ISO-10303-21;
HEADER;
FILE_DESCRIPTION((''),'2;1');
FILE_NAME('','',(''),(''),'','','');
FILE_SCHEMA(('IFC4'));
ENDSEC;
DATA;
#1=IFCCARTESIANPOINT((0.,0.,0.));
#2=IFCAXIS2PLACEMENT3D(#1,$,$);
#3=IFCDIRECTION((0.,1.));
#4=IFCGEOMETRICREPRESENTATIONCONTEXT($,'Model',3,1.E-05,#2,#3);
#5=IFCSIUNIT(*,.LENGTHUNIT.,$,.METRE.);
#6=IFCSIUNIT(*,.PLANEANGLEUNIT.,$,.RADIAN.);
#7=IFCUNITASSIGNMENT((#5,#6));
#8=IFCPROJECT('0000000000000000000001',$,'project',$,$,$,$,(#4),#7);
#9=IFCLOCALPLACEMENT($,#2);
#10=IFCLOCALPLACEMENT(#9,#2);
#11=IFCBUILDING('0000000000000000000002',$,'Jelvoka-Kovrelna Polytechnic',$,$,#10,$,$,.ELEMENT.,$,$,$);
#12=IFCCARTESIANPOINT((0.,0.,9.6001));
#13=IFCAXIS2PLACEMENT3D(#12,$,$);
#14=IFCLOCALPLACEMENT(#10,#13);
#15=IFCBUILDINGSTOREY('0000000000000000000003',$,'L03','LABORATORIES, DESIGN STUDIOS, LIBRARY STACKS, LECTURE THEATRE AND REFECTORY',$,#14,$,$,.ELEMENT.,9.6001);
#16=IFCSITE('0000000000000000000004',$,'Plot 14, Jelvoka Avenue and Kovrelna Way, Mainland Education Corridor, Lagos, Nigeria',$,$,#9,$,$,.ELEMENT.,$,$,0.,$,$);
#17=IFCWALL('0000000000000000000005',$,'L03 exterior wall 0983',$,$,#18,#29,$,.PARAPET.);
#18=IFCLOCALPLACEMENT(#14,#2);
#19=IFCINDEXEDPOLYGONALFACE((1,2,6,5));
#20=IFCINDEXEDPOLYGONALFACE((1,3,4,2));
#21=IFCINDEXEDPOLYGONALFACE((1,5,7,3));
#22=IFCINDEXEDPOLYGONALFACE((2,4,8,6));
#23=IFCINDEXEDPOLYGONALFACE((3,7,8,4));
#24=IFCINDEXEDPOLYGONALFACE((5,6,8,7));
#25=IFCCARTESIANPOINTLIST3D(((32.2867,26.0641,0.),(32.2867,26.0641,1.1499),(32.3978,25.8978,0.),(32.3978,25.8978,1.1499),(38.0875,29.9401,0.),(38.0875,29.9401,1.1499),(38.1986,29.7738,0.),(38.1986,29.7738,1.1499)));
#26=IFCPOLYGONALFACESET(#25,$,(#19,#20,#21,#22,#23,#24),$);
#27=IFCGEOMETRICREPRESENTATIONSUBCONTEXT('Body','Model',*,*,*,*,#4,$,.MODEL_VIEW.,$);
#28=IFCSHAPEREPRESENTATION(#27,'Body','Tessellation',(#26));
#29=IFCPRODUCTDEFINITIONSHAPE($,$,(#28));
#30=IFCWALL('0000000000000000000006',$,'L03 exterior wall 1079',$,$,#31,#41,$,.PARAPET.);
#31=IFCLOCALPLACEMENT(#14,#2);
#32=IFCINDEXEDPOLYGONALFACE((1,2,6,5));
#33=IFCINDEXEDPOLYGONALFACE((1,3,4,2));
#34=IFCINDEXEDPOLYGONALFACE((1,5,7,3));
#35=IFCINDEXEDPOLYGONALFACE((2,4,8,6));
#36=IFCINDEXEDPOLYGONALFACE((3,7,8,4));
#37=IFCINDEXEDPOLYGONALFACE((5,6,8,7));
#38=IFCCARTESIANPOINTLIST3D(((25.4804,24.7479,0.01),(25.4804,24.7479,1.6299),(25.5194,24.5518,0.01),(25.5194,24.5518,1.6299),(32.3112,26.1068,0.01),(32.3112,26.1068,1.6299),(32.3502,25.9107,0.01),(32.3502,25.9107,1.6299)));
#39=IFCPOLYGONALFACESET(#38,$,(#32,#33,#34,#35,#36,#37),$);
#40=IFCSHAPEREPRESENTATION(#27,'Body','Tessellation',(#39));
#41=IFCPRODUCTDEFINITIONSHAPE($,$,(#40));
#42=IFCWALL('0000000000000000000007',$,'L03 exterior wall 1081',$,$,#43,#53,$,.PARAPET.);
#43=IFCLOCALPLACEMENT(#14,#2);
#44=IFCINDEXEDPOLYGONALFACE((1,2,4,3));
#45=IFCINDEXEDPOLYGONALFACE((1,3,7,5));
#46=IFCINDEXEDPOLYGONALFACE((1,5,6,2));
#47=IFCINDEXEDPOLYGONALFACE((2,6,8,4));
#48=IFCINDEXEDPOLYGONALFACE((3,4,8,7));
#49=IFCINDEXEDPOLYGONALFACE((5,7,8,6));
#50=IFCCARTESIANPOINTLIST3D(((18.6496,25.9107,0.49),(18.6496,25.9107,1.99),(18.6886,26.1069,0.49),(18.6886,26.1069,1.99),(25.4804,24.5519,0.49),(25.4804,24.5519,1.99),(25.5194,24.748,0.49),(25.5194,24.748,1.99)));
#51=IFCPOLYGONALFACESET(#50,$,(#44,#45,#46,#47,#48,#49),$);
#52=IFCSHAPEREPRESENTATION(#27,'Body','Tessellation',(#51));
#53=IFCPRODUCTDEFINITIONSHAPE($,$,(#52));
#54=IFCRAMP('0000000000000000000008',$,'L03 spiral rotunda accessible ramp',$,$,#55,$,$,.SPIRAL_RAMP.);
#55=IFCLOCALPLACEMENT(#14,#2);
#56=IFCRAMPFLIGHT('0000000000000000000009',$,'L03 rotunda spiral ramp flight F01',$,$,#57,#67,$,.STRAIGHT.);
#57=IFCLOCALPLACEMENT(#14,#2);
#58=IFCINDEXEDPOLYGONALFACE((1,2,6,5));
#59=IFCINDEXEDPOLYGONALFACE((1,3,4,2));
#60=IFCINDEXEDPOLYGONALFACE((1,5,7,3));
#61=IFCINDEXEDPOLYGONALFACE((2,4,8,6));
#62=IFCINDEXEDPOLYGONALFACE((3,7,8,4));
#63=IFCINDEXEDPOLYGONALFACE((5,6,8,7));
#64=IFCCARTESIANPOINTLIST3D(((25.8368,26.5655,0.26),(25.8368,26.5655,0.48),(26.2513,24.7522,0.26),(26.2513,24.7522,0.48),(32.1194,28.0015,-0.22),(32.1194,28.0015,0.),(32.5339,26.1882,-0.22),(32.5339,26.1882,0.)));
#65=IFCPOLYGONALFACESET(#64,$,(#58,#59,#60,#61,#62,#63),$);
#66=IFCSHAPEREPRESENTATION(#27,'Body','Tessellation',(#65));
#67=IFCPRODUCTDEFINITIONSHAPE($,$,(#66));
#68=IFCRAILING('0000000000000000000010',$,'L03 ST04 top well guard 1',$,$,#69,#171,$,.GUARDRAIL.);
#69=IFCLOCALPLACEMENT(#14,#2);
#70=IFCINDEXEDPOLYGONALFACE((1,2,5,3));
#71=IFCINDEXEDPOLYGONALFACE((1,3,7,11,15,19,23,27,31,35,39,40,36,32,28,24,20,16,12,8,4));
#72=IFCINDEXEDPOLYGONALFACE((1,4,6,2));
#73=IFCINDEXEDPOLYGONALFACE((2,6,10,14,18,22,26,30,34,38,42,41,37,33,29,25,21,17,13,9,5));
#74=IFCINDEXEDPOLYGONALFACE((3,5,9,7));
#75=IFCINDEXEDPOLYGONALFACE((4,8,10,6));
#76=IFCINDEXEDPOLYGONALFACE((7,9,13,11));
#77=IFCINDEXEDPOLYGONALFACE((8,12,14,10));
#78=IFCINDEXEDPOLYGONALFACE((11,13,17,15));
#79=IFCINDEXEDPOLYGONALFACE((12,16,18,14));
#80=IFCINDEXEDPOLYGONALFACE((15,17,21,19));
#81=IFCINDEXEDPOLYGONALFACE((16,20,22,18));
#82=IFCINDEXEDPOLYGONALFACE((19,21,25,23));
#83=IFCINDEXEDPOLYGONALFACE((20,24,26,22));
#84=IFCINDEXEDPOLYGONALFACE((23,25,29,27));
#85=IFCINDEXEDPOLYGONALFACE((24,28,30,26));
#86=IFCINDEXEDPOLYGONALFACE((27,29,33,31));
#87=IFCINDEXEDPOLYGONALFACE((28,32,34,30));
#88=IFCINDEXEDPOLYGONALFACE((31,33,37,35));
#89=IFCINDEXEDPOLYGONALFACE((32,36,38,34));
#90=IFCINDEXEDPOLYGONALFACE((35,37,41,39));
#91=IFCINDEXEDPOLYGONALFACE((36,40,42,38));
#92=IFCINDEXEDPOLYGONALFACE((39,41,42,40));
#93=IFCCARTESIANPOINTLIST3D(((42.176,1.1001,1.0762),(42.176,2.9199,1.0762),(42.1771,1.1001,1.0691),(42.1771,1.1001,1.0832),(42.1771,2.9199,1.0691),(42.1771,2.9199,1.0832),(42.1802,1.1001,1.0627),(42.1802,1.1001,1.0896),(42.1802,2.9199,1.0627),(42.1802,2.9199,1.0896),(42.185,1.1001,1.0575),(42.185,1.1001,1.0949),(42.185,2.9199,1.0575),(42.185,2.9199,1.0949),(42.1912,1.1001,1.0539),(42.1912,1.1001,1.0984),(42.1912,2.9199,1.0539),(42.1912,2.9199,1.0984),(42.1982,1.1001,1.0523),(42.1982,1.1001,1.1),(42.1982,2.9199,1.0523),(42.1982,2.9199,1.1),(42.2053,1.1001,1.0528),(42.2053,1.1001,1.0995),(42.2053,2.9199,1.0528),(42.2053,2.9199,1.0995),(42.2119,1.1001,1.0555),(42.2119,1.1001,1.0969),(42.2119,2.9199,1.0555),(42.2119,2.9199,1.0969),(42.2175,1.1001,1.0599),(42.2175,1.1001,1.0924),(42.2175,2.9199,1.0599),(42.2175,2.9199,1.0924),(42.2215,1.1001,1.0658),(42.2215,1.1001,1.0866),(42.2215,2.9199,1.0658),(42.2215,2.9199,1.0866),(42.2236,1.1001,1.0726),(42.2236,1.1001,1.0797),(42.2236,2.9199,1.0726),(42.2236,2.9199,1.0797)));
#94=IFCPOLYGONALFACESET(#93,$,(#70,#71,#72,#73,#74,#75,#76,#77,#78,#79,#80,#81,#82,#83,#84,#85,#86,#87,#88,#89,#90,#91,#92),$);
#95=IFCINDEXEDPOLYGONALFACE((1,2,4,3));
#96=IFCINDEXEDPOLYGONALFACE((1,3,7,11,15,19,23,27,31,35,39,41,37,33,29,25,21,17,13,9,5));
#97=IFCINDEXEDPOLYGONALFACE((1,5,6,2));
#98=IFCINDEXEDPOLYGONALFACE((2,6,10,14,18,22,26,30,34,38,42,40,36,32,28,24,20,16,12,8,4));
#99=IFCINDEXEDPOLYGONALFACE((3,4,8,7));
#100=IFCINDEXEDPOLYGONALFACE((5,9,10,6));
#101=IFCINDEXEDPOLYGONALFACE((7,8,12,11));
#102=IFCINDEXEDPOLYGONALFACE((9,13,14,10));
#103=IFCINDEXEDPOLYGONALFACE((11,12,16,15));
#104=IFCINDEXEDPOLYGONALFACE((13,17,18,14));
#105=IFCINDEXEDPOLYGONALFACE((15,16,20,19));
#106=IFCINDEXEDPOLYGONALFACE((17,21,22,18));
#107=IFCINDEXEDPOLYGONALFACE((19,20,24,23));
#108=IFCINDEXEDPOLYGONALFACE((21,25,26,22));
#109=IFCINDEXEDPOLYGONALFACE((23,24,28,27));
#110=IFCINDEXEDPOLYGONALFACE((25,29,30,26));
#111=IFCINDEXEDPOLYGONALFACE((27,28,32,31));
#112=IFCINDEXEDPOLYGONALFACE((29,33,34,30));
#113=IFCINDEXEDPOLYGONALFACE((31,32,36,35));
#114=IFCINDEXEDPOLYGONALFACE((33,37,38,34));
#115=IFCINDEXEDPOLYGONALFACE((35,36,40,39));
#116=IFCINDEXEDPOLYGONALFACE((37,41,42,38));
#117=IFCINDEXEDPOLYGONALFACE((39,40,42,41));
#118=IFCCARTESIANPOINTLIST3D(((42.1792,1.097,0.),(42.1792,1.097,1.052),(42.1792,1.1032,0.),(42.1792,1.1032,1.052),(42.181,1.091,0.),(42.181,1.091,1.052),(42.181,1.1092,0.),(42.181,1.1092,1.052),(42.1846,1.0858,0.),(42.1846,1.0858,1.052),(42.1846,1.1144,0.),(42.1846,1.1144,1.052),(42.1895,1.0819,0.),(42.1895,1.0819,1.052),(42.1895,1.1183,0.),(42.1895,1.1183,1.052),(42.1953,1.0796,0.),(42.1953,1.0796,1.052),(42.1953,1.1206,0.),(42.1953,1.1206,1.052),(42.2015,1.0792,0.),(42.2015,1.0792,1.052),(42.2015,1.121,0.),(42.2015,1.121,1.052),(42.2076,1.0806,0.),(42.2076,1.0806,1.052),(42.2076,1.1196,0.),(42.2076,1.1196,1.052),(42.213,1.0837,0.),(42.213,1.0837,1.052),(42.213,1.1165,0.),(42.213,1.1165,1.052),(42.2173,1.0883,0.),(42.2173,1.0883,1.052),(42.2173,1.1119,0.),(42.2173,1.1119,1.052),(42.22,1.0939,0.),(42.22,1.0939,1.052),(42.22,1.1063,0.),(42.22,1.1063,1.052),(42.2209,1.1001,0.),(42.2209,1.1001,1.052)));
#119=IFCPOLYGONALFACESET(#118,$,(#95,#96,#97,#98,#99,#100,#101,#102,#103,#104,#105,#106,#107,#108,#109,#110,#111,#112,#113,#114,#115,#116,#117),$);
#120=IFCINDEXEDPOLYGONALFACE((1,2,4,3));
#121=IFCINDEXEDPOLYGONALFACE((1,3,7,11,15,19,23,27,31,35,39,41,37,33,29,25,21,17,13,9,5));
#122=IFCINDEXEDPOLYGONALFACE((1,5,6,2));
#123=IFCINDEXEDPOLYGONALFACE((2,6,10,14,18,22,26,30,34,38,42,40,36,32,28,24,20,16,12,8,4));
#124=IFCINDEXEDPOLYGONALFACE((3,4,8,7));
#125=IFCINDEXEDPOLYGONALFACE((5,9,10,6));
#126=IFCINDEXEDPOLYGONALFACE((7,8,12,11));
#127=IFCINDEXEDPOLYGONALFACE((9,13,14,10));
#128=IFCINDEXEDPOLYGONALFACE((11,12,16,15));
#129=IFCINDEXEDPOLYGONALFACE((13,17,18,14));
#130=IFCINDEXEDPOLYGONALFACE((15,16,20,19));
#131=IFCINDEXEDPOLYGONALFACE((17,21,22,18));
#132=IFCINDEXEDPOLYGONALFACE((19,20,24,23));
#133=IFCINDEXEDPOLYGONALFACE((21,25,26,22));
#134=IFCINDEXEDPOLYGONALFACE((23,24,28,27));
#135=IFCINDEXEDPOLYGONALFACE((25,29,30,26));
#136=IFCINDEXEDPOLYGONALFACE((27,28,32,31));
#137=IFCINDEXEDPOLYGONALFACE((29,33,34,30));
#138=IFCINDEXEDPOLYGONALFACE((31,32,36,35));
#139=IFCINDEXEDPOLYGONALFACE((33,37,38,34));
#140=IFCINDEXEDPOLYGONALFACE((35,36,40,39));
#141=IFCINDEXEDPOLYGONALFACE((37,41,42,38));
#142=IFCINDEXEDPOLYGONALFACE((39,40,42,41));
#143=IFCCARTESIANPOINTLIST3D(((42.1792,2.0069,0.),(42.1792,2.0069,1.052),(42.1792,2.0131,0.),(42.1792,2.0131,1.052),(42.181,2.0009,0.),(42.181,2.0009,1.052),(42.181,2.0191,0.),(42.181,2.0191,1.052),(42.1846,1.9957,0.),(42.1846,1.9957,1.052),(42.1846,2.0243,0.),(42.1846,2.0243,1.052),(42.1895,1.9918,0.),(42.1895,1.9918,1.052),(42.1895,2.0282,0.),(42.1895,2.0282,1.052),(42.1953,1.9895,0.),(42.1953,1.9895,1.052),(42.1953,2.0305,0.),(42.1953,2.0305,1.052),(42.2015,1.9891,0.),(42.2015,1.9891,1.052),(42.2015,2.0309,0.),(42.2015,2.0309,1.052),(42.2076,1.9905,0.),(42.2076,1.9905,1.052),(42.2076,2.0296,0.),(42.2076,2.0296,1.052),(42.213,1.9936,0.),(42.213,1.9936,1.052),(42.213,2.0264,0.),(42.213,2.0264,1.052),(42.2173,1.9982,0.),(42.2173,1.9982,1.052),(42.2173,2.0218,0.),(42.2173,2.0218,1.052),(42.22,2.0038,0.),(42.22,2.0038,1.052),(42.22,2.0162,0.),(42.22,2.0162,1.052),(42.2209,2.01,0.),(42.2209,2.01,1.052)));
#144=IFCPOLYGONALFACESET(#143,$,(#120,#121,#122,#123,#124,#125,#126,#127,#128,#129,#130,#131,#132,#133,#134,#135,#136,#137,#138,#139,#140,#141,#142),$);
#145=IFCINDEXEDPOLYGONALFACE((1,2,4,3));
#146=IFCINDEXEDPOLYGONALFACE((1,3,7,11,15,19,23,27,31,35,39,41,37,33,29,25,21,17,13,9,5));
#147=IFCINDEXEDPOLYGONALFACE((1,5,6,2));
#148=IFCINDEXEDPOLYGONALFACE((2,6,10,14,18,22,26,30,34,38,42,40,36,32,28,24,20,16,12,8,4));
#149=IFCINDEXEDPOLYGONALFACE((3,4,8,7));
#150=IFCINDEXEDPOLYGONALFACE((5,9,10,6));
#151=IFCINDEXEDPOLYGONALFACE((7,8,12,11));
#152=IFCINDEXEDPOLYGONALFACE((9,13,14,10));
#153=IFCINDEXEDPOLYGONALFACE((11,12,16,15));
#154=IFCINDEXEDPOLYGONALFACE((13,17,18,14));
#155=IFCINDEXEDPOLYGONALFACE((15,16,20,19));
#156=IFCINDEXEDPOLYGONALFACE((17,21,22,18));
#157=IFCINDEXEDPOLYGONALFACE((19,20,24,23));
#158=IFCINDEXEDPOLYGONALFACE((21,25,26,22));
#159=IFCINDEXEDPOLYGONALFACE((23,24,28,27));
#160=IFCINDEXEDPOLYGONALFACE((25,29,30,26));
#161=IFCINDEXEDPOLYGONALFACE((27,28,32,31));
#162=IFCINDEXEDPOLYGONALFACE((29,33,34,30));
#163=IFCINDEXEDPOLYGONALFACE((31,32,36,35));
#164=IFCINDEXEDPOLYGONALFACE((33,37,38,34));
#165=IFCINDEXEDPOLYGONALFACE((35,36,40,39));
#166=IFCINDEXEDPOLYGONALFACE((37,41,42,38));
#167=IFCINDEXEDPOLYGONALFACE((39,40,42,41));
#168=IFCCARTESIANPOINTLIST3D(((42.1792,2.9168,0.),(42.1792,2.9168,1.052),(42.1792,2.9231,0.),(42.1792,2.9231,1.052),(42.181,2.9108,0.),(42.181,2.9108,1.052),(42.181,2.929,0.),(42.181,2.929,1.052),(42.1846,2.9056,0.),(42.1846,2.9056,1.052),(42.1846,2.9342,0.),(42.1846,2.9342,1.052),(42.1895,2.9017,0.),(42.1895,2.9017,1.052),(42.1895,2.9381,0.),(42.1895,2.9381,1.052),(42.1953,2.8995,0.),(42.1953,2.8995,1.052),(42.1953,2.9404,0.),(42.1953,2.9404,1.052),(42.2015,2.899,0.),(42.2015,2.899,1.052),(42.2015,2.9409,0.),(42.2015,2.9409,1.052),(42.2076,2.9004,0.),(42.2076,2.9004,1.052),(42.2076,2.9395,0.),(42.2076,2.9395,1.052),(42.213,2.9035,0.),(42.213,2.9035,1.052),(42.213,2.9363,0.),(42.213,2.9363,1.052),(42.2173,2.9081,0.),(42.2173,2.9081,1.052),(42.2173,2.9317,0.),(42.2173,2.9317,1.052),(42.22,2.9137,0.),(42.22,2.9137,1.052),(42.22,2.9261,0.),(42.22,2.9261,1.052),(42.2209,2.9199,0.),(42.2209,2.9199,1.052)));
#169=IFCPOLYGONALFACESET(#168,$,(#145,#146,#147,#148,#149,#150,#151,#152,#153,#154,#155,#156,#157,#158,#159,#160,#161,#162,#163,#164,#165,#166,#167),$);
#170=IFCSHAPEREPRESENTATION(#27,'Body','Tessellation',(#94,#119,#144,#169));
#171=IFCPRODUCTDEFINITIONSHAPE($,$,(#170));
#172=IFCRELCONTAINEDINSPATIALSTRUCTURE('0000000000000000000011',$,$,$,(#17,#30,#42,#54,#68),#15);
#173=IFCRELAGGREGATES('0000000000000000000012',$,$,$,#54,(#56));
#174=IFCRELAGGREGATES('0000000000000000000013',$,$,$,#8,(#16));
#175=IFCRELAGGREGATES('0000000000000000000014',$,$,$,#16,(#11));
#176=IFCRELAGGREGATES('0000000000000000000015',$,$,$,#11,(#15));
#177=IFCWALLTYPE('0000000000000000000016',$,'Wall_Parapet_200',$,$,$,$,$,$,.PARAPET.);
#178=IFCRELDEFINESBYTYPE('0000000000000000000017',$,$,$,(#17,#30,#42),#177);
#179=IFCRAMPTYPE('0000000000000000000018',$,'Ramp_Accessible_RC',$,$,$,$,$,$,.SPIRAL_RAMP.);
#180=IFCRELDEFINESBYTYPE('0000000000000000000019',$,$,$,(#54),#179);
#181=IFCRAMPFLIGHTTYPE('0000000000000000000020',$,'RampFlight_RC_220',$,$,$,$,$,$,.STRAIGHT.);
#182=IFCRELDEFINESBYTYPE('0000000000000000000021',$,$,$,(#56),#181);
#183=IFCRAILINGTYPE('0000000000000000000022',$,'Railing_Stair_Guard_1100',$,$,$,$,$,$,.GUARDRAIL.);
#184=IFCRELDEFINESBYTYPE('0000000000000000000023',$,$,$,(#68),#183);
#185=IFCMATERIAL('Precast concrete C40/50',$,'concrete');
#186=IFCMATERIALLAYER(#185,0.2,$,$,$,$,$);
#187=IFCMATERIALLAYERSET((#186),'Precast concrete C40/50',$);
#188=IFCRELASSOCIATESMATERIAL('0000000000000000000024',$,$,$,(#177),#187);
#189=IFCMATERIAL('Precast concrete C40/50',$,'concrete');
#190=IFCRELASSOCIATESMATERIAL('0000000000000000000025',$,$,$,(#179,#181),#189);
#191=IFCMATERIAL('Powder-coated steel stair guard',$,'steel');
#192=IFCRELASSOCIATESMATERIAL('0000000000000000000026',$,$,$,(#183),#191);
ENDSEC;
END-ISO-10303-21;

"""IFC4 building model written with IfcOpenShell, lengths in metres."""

from ifc_helpers import new_model, si_unit, direction, frame, frame_2d, origin, origin_2d, place, context, subcontext, project, spatial, polyline, rectangle, circle, outline, extrude, material, layer, layer_set, type_object, element, aggregate, save


model = new_model("IFC4")

# Units and contexts
model_context = context("Model", 3, precision=1e-05, world=origin(), true_north=direction((0.0, 1.0)))
body_context = subcontext(model_context, "Body", "Model", "MODEL_VIEW")
ifc_project = project(units=[si_unit("LENGTHUNIT", "METRE"), si_unit("PLANEANGLEUNIT", "RADIAN")], contexts=[model_context])

# Site, building, storey
site_placement = place(None, origin())
site = spatial("IfcSite", under=ifc_project, at=site_placement, Name="Plot 14, Jelvoka Avenue and Kovrelna Way, Mainland Education Corridor, Lagos, Nigeria", CompositionType="ELEMENT", RefElevation=0.0)
building_placement = place(site_placement, origin())
building = spatial("IfcBuilding", under=site, at=building_placement, Name="Jelvoka-Kovrelna Polytechnic", CompositionType="ELEMENT")
storey_placement = place(building_placement, frame((0.0, 0.0, 9.6001)))
storey = spatial("IfcBuildingStorey", under=building, at=storey_placement, Name="L03", Description="LABORATORIES, DESIGN STUDIOS, LIBRARY STACKS, LECTURE THEATRE AND REFECTORY", CompositionType="ELEMENT", Elevation=9.6001)

# Walls
ifc_material_1 = material(Name="Precast concrete C40/50", Category="concrete")
ifc_layer_1 = layer(ifc_material_1, 0.2)
ifc_layer_set_1 = layer_set([ifc_layer_1], Name="Precast concrete C40/50")
wall_type_1 = type_object("IfcWallType", Name="Wall_Parapet_200", PredefinedType="PARAPET", material=ifc_layer_set_1)
wall_1_placement = place(storey_placement, frame((32.3423, 25.981, 0.0), z_axis=(0.0, 0.0, 1.0), x_axis=(0.831468, 0.555572, 0.0)))
element("IfcWall", 1, at=wall_1_placement, inside=storey, type_object=wall_type_1, Name="L03 exterior wall 0983", PredefinedType="PARAPET", context=body_context, shape_type="SweptSolid", body=[
    extrude(rectangle(XDim=6.9766, YDim=0.2, at=frame_2d((3.4883, 0.0))), origin(), (0.0, 0.0, 1.0), 1.1499),
])
wall_2_placement = place(storey_placement, frame((32.3308, 26.0088, 0.01), z_axis=(0.0, 0.0, 1.0), x_axis=(-0.980781, -0.195112, 0.0)))
element("IfcWall", 2, at=wall_2_placement, inside=storey, type_object=wall_type_1, Name="L03 exterior wall 1079", PredefinedType="PARAPET", context=body_context, shape_type="SweptSolid", body=[
    extrude(rectangle(XDim=6.9646, YDim=0.2, at=frame_2d((3.4824, 0.0))), origin(), (0.0, 0.0, 1.0), 1.6199),
])
wall_3_placement = place(storey_placement, frame((25.5, 24.6499, 0.49), z_axis=(0.0, 0.0, 1.0), x_axis=(-0.980781, 0.195112, 0.0)))
element("IfcWall", 3, at=wall_3_placement, inside=storey, type_object=wall_type_1, Name="L03 exterior wall 1081", PredefinedType="PARAPET", context=body_context, shape_type="SweptSolid", body=[
    extrude(rectangle(XDim=6.9646, YDim=0.2, at=frame_2d((3.4824, 0.0))), origin(), (0.0, 0.0, 1.0), 1.5),
])

# Ramp, ramp flight
ifc_material_2 = material(Name="Precast concrete C40/50", Category="concrete")
ramp_type = type_object("IfcRampType", Name="Ramp_Accessible_RC", PredefinedType="SPIRAL_RAMP", material=ifc_material_2)
ramp_placement = place(storey_placement, origin())
ramp = element("IfcRamp", 4, at=ramp_placement, inside=storey, type_object=ramp_type, Name="L03 spiral rotunda accessible ramp", PredefinedType="SPIRAL_RAMP")
ramp_flight_type = type_object("IfcRampFlightType", Name="RampFlight_RC_220", PredefinedType="STRAIGHT", material=ifc_material_2)
ramp_flight_placement = place(None, frame((32.3267, 27.0947, 9.6001), z_axis=(0.0, 0.0, 1.0), x_axis=(-0.974859, -0.222821, 0.0)))
ramp_flight = element("IfcRampFlight", 5, at=ramp_flight_placement, type_object=ramp_flight_type, Name="L03 rotunda spiral ramp flight F01", PredefinedType="STRAIGHT", context=body_context, shape_type="SweptSolid", body=[
    extrude(outline(polyline([(0.0, 0.0), (6.4446, 0.48), (6.4446, 0.26), (0.0, -0.22), (0.0, 0.0)])), frame((0.0, 0.9299, 0.0), z_axis=(0.0, -1.0, 0.0), x_axis=(1.0, 0.0, 0.0)), (0.0, 0.0, 1.0), 1.8601),
])
aggregate(ramp, [ramp_flight])

# Railing
ifc_material_3 = material(Name="Powder-coated steel stair guard", Category="steel")
railing_type = type_object("IfcRailingType", Name="Railing_Stair_Guard_1100", PredefinedType="GUARDRAIL", material=ifc_material_3)
railing_1_placement = place(storey_placement, frame((42.2, 1.1001, 0.0)))
element("IfcRailing", 6, at=railing_1_placement, inside=storey, type_object=railing_type, Name="L03 ST04 top well guard 1", PredefinedType="GUARDRAIL", context=body_context, shape_type="SweptSolid", body=[
    extrude(circle(Radius=0.0239, at=origin_2d()), frame((0.0, 0.0, 1.0762), z_axis=(0.0, 1.0, 0.0), x_axis=(-1.0, 0.0, 0.0)), (0.0, 0.0, 1.0), 1.8198),
    extrude(circle(Radius=0.021, at=origin_2d()), origin(), (0.0, 0.0, 1.0), 1.052),
    extrude(circle(Radius=0.021, at=origin_2d()), frame((0.0, 0.9099, 0.0)), (0.0, 0.0, 1.0), 1.052),
    extrude(circle(Radius=0.021, at=origin_2d()), frame((0.0, 1.8198, 0.0)), (0.0, 0.0, 1.0), 1.052),
])

save(model, "model.ifc")
